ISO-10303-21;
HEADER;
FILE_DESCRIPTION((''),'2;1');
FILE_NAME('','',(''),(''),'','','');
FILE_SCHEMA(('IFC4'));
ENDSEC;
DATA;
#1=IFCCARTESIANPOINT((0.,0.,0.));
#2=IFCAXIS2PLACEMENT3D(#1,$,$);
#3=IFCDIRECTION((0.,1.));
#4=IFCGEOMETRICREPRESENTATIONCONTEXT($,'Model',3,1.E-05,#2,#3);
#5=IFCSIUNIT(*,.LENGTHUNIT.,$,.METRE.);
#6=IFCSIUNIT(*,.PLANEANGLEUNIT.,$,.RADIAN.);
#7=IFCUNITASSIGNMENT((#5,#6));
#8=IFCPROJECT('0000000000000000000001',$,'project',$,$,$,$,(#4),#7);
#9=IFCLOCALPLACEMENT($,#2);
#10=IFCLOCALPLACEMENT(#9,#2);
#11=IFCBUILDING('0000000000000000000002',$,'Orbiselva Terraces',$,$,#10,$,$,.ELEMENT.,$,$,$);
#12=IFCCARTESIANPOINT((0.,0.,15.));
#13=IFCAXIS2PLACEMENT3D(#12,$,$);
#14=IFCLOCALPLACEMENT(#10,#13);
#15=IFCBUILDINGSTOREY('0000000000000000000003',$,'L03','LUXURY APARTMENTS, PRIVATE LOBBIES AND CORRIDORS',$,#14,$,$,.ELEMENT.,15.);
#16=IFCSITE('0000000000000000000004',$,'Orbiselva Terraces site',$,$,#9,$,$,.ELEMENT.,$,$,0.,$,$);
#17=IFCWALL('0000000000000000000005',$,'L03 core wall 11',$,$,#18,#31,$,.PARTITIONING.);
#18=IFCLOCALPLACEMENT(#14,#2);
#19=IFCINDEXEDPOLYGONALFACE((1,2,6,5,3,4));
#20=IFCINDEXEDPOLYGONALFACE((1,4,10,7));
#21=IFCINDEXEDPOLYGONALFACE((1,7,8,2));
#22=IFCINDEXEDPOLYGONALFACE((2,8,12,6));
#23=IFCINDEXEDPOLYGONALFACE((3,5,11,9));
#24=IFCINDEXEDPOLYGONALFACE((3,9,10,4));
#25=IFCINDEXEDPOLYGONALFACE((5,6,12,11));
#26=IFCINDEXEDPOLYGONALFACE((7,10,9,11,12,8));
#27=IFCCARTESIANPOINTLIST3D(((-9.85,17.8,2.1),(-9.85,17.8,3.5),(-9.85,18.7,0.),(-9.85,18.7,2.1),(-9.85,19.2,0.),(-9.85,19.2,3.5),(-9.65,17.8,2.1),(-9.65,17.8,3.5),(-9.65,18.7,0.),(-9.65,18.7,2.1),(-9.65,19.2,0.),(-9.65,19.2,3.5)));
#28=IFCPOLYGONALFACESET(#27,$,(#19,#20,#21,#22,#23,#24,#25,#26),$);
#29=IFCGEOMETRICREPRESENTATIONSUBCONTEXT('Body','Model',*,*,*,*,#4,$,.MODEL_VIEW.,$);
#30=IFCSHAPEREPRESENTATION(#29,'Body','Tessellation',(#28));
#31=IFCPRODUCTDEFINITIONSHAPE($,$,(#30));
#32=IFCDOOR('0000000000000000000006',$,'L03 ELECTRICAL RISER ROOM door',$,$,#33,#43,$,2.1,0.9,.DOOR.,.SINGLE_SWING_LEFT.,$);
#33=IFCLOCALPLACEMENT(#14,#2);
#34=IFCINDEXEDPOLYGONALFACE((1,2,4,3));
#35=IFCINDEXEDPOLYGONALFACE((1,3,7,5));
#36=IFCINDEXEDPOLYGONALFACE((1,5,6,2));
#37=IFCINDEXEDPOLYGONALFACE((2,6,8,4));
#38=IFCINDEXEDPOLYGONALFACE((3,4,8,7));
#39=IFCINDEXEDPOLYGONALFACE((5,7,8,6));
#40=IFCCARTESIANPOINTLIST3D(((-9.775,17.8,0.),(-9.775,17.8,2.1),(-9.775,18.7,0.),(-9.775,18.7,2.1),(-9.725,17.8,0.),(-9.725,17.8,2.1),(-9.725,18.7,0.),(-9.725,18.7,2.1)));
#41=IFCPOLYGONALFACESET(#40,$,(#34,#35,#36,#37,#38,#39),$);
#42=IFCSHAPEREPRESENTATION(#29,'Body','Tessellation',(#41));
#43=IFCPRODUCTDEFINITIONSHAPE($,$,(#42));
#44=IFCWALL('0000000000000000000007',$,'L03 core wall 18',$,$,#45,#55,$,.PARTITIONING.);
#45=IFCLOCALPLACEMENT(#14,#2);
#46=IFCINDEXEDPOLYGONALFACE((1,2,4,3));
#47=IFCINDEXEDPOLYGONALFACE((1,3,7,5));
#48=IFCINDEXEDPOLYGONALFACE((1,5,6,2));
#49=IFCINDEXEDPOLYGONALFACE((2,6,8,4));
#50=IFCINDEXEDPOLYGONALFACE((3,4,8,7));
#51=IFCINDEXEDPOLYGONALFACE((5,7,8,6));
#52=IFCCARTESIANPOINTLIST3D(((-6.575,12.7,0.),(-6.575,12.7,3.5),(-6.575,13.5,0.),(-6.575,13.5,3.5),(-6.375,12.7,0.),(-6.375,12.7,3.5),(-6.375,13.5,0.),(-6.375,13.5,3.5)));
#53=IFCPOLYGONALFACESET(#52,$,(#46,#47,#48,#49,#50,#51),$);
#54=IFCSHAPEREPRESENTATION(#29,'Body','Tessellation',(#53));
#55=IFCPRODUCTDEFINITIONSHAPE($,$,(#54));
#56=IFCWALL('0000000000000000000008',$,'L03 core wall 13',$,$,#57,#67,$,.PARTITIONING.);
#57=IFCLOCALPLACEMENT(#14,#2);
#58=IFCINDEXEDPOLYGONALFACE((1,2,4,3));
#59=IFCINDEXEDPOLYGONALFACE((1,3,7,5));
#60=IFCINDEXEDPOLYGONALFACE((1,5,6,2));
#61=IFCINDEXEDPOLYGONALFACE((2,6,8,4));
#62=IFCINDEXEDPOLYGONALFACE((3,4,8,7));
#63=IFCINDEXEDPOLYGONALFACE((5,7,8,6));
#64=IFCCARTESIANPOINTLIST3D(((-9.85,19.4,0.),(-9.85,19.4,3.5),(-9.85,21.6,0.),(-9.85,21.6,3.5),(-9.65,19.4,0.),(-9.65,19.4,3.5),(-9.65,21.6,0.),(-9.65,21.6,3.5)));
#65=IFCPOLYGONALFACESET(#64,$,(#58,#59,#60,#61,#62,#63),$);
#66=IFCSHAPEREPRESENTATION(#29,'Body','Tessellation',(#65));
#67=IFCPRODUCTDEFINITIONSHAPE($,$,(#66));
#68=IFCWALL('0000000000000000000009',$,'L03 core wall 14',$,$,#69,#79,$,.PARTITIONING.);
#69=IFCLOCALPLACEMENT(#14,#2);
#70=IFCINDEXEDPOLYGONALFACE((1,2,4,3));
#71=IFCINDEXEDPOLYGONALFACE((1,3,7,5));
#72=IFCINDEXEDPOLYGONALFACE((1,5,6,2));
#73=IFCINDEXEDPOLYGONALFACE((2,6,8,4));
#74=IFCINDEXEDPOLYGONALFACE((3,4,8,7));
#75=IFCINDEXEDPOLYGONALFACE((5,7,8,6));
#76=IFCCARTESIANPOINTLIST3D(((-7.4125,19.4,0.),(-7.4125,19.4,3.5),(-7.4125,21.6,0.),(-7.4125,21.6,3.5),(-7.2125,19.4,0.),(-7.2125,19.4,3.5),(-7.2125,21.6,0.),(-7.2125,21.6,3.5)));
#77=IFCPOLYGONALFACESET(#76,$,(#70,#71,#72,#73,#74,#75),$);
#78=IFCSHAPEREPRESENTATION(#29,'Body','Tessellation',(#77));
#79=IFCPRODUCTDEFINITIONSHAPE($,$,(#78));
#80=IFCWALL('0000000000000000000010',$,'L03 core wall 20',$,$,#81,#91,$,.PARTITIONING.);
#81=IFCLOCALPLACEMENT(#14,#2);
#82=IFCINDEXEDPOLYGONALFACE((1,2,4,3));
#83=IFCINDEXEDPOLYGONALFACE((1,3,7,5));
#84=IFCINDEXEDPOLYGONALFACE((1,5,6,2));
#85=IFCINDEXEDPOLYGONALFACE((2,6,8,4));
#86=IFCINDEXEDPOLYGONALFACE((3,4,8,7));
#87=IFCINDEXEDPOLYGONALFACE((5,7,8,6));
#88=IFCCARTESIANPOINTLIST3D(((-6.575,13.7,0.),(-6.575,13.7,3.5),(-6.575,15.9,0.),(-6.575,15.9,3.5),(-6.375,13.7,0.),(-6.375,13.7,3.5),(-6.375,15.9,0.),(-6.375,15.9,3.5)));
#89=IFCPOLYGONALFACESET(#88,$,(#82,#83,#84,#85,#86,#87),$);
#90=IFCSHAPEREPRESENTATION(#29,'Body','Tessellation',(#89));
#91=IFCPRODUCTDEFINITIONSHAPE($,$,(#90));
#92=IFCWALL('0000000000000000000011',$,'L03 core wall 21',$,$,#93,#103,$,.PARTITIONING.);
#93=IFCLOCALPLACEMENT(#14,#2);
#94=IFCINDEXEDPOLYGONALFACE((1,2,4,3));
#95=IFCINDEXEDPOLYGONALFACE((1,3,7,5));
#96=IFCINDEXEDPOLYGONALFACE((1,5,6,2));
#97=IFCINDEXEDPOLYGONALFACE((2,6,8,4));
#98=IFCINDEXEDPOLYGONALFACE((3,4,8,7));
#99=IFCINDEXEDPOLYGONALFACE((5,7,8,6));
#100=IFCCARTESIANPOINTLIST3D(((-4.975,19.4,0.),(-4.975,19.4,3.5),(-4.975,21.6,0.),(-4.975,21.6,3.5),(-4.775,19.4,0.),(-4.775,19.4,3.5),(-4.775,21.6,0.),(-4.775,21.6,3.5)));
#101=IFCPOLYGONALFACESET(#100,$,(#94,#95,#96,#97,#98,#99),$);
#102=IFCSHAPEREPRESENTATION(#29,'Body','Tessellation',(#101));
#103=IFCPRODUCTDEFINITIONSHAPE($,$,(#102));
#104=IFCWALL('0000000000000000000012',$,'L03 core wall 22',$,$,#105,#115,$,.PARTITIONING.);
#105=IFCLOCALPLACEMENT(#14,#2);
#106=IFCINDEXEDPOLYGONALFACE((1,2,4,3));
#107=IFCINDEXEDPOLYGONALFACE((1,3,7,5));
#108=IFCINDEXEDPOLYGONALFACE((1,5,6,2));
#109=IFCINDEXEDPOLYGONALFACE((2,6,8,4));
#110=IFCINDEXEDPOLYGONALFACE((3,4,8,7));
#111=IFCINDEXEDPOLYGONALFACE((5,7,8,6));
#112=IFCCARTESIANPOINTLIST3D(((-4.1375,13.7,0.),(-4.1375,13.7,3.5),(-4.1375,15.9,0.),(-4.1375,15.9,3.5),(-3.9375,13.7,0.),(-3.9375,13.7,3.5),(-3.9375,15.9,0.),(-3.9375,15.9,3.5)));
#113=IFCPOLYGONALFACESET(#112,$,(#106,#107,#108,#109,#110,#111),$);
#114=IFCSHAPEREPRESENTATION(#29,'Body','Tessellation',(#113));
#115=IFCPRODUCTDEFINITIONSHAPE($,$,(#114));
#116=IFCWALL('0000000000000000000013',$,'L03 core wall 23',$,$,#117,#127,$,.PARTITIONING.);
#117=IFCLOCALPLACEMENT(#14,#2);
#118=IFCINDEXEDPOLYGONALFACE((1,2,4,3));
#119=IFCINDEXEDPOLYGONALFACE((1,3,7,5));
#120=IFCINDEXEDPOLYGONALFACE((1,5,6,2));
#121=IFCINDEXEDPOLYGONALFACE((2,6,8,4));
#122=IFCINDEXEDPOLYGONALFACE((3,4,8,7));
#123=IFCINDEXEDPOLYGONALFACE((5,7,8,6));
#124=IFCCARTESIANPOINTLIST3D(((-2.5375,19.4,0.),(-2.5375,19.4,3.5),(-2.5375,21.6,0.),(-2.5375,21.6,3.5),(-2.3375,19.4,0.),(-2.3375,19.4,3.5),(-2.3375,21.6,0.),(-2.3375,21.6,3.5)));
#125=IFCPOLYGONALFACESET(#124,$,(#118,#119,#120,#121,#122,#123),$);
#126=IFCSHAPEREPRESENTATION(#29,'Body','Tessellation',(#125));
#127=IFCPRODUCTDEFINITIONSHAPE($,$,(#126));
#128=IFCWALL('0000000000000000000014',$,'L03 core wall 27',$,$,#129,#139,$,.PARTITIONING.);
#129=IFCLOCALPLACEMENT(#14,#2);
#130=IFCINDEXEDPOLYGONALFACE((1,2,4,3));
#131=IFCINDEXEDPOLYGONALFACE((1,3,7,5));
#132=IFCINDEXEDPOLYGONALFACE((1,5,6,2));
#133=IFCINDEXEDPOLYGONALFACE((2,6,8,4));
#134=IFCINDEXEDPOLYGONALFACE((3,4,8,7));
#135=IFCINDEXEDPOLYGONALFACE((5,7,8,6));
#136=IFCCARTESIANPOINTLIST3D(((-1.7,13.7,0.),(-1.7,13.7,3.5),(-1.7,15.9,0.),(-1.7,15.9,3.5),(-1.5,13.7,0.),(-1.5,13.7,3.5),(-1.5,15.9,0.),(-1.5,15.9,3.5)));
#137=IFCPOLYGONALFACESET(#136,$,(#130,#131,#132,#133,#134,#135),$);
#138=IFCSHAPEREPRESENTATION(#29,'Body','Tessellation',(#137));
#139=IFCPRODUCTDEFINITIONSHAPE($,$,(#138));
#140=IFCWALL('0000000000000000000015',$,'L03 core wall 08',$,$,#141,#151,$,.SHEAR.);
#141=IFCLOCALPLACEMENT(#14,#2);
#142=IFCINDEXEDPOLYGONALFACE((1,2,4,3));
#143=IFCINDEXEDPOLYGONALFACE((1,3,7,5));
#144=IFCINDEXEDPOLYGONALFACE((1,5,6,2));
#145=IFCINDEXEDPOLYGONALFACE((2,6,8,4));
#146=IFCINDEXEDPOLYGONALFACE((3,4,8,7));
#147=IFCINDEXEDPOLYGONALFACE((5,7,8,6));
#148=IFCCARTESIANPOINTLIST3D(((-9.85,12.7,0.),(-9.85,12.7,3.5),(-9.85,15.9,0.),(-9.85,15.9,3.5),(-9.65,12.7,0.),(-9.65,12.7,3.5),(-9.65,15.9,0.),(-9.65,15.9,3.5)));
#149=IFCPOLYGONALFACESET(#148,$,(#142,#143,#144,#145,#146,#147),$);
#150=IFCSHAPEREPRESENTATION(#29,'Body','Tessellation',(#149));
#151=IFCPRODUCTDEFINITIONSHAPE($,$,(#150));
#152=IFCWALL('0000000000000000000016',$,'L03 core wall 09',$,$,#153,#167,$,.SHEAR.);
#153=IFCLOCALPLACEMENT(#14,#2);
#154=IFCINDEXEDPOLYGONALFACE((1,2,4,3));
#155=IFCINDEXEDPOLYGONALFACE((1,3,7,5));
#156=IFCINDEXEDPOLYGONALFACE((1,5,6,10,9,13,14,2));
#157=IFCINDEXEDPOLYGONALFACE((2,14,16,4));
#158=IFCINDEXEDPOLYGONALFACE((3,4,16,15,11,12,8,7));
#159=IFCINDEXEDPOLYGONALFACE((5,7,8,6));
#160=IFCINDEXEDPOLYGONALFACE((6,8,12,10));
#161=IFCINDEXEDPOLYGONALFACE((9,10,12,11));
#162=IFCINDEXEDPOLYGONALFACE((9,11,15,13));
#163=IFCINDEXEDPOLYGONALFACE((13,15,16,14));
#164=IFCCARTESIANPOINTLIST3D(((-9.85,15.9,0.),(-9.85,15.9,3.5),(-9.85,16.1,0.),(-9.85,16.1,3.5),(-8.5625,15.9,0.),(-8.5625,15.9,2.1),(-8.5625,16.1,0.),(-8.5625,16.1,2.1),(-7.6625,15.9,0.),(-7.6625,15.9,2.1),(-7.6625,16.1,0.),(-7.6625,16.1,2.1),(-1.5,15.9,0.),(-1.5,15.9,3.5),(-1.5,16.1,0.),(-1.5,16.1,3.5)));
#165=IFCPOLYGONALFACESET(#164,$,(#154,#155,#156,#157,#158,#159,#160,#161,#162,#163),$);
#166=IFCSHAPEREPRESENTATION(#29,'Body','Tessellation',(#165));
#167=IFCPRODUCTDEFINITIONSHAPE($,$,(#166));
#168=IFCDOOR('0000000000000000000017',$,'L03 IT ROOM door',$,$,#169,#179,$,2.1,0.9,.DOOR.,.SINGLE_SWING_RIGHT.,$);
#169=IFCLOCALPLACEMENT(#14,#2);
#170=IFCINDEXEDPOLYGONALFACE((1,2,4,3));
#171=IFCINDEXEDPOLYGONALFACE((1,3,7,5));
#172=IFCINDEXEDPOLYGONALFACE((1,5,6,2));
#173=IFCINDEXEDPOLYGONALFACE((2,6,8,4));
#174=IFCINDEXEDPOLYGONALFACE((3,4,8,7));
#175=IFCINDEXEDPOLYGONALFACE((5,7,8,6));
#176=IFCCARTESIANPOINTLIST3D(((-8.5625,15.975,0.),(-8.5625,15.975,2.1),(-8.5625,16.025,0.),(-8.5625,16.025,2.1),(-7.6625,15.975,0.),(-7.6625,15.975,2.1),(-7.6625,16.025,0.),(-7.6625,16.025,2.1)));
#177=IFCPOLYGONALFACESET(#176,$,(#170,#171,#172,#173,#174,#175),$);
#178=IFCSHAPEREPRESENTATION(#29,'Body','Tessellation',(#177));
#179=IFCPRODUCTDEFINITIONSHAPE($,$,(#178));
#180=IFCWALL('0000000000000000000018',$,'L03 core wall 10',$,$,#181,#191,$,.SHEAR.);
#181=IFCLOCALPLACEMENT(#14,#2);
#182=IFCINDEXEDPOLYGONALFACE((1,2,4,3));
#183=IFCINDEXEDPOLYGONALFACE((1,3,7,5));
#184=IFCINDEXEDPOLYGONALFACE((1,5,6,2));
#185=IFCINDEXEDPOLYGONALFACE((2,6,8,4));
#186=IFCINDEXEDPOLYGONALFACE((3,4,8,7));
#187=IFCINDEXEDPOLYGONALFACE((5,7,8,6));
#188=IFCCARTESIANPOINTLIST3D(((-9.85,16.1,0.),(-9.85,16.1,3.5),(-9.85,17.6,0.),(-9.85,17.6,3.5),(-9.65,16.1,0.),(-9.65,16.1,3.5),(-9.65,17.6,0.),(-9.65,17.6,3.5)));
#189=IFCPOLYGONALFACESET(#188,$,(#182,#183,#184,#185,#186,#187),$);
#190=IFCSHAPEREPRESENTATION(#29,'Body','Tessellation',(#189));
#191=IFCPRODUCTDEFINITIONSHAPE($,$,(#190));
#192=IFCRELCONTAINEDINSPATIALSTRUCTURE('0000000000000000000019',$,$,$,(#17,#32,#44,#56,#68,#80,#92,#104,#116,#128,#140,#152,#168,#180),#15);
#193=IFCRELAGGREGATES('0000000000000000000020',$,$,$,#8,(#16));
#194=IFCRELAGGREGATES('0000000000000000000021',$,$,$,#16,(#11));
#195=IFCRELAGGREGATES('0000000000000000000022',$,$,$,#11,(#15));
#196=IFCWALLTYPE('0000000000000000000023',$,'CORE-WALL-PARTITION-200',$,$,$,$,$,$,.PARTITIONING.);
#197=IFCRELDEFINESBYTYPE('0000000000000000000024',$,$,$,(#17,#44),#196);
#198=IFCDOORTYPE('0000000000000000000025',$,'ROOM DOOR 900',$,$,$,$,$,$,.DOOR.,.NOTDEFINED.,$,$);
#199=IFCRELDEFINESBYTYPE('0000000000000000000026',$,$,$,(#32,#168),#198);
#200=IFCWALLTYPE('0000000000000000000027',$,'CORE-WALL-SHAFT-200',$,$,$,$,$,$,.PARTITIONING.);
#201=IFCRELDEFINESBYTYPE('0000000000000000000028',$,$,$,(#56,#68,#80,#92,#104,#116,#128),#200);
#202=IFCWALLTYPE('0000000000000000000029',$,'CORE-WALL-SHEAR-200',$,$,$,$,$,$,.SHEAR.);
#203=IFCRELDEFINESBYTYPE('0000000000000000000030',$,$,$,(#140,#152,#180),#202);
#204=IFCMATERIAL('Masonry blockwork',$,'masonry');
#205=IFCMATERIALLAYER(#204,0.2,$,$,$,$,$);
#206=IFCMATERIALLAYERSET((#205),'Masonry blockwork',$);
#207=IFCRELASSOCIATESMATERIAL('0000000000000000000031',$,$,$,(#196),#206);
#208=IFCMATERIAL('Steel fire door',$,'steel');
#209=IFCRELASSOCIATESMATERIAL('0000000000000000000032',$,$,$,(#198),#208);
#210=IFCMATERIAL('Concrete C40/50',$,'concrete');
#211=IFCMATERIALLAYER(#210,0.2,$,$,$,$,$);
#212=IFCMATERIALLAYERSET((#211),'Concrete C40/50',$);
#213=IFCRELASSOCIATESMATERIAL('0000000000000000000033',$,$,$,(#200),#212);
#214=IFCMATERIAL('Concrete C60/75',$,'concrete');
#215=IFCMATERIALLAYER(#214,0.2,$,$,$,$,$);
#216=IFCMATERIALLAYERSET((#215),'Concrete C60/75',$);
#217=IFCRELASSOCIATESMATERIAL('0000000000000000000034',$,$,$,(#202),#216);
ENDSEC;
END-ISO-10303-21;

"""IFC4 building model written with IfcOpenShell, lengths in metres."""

from ifc_helpers import new_model, si_unit, direction, frame, frame_2d, origin, place, context, subcontext, project, spatial, rectangle, extrude, material, layer, layer_set, type_object, element, fill, save


model = new_model("IFC4")

# Units and contexts
model_context = context("Model", 3, precision=1e-05, world=origin(), true_north=direction((0.0, 1.0)))
body_context = subcontext(model_context, "Body", "Model", "MODEL_VIEW")
ifc_project = project(units=[si_unit("LENGTHUNIT", "METRE"), si_unit("PLANEANGLEUNIT", "RADIAN")], contexts=[model_context])

# Site, building, storey
site_placement = place(None, origin())
site = spatial("IfcSite", under=ifc_project, at=site_placement, Name="Orbiselva Terraces site", CompositionType="ELEMENT", RefElevation=0.0)
building_placement = place(site_placement, origin())
building = spatial("IfcBuilding", under=site, at=building_placement, Name="Orbiselva Terraces", CompositionType="ELEMENT")
storey_placement = place(building_placement, frame((0.0, 0.0, 15.0)))
storey = spatial("IfcBuildingStorey", under=building, at=storey_placement, Name="L03", Description="LUXURY APARTMENTS, PRIVATE LOBBIES AND CORRIDORS", CompositionType="ELEMENT", Elevation=15.0)

# Wall, opening, door
ifc_material_1 = material(Name="Masonry blockwork", Category="masonry")
ifc_layer_1 = layer(ifc_material_1, 0.2)
ifc_layer_set_1 = layer_set([ifc_layer_1], Name="Masonry blockwork")
wall_type_1 = type_object("IfcWallType", Name="CORE-WALL-PARTITION-200", PredefinedType="PARTITIONING", material=ifc_layer_set_1)
wall_1_placement = place(storey_placement, frame((-9.75, 17.8, 0.0), z_axis=(0.0, 0.0, 1.0), x_axis=(0.0, 1.0, 0.0)))
wall_1 = element("IfcWall", 1, at=wall_1_placement, inside=storey, type_object=wall_type_1, Name="L03 core wall 11", PredefinedType="PARTITIONING", context=body_context, shape_type="SweptSolid", body=[
    extrude(rectangle(XDim=1.4, YDim=0.2, at=frame_2d((0.7, 0.0))), origin(), (0.0, 0.0, 1.0), 3.5),
])
opening_1_placement = place(wall_1_placement, origin())
opening_1 = element("IfcOpeningElement", 2, at=opening_1_placement, cuts=wall_1, PredefinedType="OPENING", context=body_context, shape_type="SweptSolid", body=[
    extrude(rectangle(XDim=0.9, YDim=2.1, at=frame_2d((0.45, 1.05))), frame((0.0, 0.11, 0.0), z_axis=(0.0, -1.0, 0.0), x_axis=(1.0, 0.0, 0.0)), (0.0, 0.0, 1.0), 0.22),
])
ifc_material_2 = material(Name="Steel fire door", Category="steel")
door_type_1 = type_object("IfcDoorType", Name="ROOM DOOR 900", OperationType="NOTDEFINED", PredefinedType="DOOR", material=ifc_material_2)
door_1_placement = place(opening_1_placement, origin())
door_1 = element("IfcDoor", 3, at=door_1_placement, inside=storey, type_object=door_type_1, Name="L03 ELECTRICAL RISER ROOM door", OperationType="SINGLE_SWING_LEFT", OverallHeight=2.1, OverallWidth=0.9, PredefinedType="DOOR", context=body_context, shape_type="SweptSolid", body=[
    extrude(rectangle(XDim=0.9, YDim=2.1, at=frame_2d((0.45, 1.05))), frame((0.0, 0.025, 0.0), z_axis=(0.0, -1.0, 0.0), x_axis=(1.0, 0.0, 0.0)), (0.0, 0.0, 1.0), 0.05),
])
fill(opening_1, door_1)

# Walls
wall_2_placement = place(storey_placement, frame((-6.475, 12.7, 0.0), z_axis=(0.0, 0.0, 1.0), x_axis=(0.0, 1.0, 0.0)))
element("IfcWall", 4, at=wall_2_placement, inside=storey, type_object=wall_type_1, Name="L03 core wall 18", PredefinedType="PARTITIONING", context=body_context, shape_type="SweptSolid", body=[
    extrude(rectangle(XDim=0.8, YDim=0.2, at=frame_2d((0.4, 0.0))), origin(), (0.0, 0.0, 1.0), 3.5),
])
ifc_material_3 = material(Name="Concrete C40/50", Category="concrete")
ifc_layer_2 = layer(ifc_material_3, 0.2)
ifc_layer_set_2 = layer_set([ifc_layer_2], Name="Concrete C40/50")
wall_type_2 = type_object("IfcWallType", Name="CORE-WALL-SHAFT-200", PredefinedType="PARTITIONING", material=ifc_layer_set_2)
for number, where, z_axis, x_axis, name in (
    (5, (-9.75, 19.4, 0.0), (0.0, 0.0, 1.0), (0.0, 1.0, 0.0), "L03 core wall 13"),
    (6, (-7.3125, 19.4, 0.0), (0.0, 0.0, 1.0), (0.0, 1.0, 0.0), "L03 core wall 14"),
    (7, (-6.475, 13.7, 0.0), (0.0, 0.0, 1.0), (0.0, 1.0, 0.0), "L03 core wall 20"),
    (8, (-4.875, 19.4, 0.0), (0.0, 0.0, 1.0), (0.0, 1.0, 0.0), "L03 core wall 21"),
    (9, (-4.0375, 13.7, 0.0), (0.0, 0.0, 1.0), (0.0, 1.0, 0.0), "L03 core wall 22"),
    (10, (-2.4375, 19.4, 0.0), (0.0, 0.0, 1.0), (0.0, 1.0, 0.0), "L03 core wall 23"),
    (11, (-1.6, 13.7, 0.0), (0.0, 0.0, 1.0), (0.0, 1.0, 0.0), "L03 core wall 27"),
):
    element("IfcWall", number, at=place(storey_placement, frame(where, z_axis=z_axis, x_axis=x_axis)), inside=storey, type_object=wall_type_2, Name=name, PredefinedType="PARTITIONING", context=body_context, shape_type="SweptSolid", body=[
        extrude(rectangle(XDim=2.2, YDim=0.2, at=frame_2d((1.1, 0.0))), origin(), (0.0, 0.0, 1.0), 3.5),
    ])
ifc_material_4 = material(Name="Concrete C60/75", Category="concrete")
ifc_layer_3 = layer(ifc_material_4, 0.2)
ifc_layer_set_3 = layer_set([ifc_layer_3], Name="Concrete C60/75")
wall_type_3 = type_object("IfcWallType", Name="CORE-WALL-SHEAR-200", PredefinedType="SHEAR", material=ifc_layer_set_3)
wall_3_placement = place(storey_placement, frame((-9.75, 12.7, 0.0), z_axis=(0.0, 0.0, 1.0), x_axis=(0.0, 1.0, 0.0)))
element("IfcWall", 12, at=wall_3_placement, inside=storey, type_object=wall_type_3, Name="L03 core wall 08", PredefinedType="SHEAR", context=body_context, shape_type="SweptSolid", body=[
    extrude(rectangle(XDim=3.2, YDim=0.2, at=frame_2d((1.6, 0.0))), origin(), (0.0, 0.0, 1.0), 3.5),
])

# Wall, opening, door
wall_4_placement = place(storey_placement, frame((-1.5, 16.0, 0.0), z_axis=(0.0, 0.0, 1.0), x_axis=(-1.0, 0.0, 0.0)))
wall_4 = element("IfcWall", 13, at=wall_4_placement, inside=storey, type_object=wall_type_3, Name="L03 core wall 09", PredefinedType="SHEAR", context=body_context, shape_type="SweptSolid", body=[
    extrude(rectangle(XDim=8.35, YDim=0.2, at=frame_2d((4.175, 0.0))), origin(), (0.0, 0.0, 1.0), 3.5),
])
opening_2_placement = place(wall_4_placement, frame((6.1625, 0.0, 0.0)))
opening_2 = element("IfcOpeningElement", 14, at=opening_2_placement, cuts=wall_4, PredefinedType="OPENING", context=body_context, shape_type="SweptSolid", body=[
    extrude(rectangle(XDim=0.9, YDim=2.1, at=frame_2d((0.45, 1.05))), frame((0.0, 0.11, 0.0), z_axis=(0.0, -1.0, 0.0), x_axis=(1.0, 0.0, 0.0)), (0.0, 0.0, 1.0), 0.22),
])
door_2_placement = place(opening_2_placement, origin())
door_2 = element("IfcDoor", 15, at=door_2_placement, inside=storey, type_object=door_type_1, Name="L03 IT ROOM door", OperationType="SINGLE_SWING_RIGHT", OverallHeight=2.1, OverallWidth=0.9, PredefinedType="DOOR", context=body_context, shape_type="SweptSolid", body=[
    extrude(rectangle(XDim=0.9, YDim=2.1, at=frame_2d((0.45, 1.05))), frame((0.0, 0.025, 0.0), z_axis=(0.0, -1.0, 0.0), x_axis=(1.0, 0.0, 0.0)), (0.0, 0.0, 1.0), 0.05),
])
fill(opening_2, door_2)

# Wall
wall_5_placement = place(storey_placement, frame((-9.75, 16.1, 0.0), z_axis=(0.0, 0.0, 1.0), x_axis=(0.0, 1.0, 0.0)))
element("IfcWall", 16, at=wall_5_placement, inside=storey, type_object=wall_type_3, Name="L03 core wall 10", PredefinedType="SHEAR", context=body_context, shape_type="SweptSolid", body=[
    extrude(rectangle(XDim=1.5, YDim=0.2, at=frame_2d((0.75, 0.0))), origin(), (0.0, 0.0, 1.0), 3.5),
])

save(model, "model.ifc")
